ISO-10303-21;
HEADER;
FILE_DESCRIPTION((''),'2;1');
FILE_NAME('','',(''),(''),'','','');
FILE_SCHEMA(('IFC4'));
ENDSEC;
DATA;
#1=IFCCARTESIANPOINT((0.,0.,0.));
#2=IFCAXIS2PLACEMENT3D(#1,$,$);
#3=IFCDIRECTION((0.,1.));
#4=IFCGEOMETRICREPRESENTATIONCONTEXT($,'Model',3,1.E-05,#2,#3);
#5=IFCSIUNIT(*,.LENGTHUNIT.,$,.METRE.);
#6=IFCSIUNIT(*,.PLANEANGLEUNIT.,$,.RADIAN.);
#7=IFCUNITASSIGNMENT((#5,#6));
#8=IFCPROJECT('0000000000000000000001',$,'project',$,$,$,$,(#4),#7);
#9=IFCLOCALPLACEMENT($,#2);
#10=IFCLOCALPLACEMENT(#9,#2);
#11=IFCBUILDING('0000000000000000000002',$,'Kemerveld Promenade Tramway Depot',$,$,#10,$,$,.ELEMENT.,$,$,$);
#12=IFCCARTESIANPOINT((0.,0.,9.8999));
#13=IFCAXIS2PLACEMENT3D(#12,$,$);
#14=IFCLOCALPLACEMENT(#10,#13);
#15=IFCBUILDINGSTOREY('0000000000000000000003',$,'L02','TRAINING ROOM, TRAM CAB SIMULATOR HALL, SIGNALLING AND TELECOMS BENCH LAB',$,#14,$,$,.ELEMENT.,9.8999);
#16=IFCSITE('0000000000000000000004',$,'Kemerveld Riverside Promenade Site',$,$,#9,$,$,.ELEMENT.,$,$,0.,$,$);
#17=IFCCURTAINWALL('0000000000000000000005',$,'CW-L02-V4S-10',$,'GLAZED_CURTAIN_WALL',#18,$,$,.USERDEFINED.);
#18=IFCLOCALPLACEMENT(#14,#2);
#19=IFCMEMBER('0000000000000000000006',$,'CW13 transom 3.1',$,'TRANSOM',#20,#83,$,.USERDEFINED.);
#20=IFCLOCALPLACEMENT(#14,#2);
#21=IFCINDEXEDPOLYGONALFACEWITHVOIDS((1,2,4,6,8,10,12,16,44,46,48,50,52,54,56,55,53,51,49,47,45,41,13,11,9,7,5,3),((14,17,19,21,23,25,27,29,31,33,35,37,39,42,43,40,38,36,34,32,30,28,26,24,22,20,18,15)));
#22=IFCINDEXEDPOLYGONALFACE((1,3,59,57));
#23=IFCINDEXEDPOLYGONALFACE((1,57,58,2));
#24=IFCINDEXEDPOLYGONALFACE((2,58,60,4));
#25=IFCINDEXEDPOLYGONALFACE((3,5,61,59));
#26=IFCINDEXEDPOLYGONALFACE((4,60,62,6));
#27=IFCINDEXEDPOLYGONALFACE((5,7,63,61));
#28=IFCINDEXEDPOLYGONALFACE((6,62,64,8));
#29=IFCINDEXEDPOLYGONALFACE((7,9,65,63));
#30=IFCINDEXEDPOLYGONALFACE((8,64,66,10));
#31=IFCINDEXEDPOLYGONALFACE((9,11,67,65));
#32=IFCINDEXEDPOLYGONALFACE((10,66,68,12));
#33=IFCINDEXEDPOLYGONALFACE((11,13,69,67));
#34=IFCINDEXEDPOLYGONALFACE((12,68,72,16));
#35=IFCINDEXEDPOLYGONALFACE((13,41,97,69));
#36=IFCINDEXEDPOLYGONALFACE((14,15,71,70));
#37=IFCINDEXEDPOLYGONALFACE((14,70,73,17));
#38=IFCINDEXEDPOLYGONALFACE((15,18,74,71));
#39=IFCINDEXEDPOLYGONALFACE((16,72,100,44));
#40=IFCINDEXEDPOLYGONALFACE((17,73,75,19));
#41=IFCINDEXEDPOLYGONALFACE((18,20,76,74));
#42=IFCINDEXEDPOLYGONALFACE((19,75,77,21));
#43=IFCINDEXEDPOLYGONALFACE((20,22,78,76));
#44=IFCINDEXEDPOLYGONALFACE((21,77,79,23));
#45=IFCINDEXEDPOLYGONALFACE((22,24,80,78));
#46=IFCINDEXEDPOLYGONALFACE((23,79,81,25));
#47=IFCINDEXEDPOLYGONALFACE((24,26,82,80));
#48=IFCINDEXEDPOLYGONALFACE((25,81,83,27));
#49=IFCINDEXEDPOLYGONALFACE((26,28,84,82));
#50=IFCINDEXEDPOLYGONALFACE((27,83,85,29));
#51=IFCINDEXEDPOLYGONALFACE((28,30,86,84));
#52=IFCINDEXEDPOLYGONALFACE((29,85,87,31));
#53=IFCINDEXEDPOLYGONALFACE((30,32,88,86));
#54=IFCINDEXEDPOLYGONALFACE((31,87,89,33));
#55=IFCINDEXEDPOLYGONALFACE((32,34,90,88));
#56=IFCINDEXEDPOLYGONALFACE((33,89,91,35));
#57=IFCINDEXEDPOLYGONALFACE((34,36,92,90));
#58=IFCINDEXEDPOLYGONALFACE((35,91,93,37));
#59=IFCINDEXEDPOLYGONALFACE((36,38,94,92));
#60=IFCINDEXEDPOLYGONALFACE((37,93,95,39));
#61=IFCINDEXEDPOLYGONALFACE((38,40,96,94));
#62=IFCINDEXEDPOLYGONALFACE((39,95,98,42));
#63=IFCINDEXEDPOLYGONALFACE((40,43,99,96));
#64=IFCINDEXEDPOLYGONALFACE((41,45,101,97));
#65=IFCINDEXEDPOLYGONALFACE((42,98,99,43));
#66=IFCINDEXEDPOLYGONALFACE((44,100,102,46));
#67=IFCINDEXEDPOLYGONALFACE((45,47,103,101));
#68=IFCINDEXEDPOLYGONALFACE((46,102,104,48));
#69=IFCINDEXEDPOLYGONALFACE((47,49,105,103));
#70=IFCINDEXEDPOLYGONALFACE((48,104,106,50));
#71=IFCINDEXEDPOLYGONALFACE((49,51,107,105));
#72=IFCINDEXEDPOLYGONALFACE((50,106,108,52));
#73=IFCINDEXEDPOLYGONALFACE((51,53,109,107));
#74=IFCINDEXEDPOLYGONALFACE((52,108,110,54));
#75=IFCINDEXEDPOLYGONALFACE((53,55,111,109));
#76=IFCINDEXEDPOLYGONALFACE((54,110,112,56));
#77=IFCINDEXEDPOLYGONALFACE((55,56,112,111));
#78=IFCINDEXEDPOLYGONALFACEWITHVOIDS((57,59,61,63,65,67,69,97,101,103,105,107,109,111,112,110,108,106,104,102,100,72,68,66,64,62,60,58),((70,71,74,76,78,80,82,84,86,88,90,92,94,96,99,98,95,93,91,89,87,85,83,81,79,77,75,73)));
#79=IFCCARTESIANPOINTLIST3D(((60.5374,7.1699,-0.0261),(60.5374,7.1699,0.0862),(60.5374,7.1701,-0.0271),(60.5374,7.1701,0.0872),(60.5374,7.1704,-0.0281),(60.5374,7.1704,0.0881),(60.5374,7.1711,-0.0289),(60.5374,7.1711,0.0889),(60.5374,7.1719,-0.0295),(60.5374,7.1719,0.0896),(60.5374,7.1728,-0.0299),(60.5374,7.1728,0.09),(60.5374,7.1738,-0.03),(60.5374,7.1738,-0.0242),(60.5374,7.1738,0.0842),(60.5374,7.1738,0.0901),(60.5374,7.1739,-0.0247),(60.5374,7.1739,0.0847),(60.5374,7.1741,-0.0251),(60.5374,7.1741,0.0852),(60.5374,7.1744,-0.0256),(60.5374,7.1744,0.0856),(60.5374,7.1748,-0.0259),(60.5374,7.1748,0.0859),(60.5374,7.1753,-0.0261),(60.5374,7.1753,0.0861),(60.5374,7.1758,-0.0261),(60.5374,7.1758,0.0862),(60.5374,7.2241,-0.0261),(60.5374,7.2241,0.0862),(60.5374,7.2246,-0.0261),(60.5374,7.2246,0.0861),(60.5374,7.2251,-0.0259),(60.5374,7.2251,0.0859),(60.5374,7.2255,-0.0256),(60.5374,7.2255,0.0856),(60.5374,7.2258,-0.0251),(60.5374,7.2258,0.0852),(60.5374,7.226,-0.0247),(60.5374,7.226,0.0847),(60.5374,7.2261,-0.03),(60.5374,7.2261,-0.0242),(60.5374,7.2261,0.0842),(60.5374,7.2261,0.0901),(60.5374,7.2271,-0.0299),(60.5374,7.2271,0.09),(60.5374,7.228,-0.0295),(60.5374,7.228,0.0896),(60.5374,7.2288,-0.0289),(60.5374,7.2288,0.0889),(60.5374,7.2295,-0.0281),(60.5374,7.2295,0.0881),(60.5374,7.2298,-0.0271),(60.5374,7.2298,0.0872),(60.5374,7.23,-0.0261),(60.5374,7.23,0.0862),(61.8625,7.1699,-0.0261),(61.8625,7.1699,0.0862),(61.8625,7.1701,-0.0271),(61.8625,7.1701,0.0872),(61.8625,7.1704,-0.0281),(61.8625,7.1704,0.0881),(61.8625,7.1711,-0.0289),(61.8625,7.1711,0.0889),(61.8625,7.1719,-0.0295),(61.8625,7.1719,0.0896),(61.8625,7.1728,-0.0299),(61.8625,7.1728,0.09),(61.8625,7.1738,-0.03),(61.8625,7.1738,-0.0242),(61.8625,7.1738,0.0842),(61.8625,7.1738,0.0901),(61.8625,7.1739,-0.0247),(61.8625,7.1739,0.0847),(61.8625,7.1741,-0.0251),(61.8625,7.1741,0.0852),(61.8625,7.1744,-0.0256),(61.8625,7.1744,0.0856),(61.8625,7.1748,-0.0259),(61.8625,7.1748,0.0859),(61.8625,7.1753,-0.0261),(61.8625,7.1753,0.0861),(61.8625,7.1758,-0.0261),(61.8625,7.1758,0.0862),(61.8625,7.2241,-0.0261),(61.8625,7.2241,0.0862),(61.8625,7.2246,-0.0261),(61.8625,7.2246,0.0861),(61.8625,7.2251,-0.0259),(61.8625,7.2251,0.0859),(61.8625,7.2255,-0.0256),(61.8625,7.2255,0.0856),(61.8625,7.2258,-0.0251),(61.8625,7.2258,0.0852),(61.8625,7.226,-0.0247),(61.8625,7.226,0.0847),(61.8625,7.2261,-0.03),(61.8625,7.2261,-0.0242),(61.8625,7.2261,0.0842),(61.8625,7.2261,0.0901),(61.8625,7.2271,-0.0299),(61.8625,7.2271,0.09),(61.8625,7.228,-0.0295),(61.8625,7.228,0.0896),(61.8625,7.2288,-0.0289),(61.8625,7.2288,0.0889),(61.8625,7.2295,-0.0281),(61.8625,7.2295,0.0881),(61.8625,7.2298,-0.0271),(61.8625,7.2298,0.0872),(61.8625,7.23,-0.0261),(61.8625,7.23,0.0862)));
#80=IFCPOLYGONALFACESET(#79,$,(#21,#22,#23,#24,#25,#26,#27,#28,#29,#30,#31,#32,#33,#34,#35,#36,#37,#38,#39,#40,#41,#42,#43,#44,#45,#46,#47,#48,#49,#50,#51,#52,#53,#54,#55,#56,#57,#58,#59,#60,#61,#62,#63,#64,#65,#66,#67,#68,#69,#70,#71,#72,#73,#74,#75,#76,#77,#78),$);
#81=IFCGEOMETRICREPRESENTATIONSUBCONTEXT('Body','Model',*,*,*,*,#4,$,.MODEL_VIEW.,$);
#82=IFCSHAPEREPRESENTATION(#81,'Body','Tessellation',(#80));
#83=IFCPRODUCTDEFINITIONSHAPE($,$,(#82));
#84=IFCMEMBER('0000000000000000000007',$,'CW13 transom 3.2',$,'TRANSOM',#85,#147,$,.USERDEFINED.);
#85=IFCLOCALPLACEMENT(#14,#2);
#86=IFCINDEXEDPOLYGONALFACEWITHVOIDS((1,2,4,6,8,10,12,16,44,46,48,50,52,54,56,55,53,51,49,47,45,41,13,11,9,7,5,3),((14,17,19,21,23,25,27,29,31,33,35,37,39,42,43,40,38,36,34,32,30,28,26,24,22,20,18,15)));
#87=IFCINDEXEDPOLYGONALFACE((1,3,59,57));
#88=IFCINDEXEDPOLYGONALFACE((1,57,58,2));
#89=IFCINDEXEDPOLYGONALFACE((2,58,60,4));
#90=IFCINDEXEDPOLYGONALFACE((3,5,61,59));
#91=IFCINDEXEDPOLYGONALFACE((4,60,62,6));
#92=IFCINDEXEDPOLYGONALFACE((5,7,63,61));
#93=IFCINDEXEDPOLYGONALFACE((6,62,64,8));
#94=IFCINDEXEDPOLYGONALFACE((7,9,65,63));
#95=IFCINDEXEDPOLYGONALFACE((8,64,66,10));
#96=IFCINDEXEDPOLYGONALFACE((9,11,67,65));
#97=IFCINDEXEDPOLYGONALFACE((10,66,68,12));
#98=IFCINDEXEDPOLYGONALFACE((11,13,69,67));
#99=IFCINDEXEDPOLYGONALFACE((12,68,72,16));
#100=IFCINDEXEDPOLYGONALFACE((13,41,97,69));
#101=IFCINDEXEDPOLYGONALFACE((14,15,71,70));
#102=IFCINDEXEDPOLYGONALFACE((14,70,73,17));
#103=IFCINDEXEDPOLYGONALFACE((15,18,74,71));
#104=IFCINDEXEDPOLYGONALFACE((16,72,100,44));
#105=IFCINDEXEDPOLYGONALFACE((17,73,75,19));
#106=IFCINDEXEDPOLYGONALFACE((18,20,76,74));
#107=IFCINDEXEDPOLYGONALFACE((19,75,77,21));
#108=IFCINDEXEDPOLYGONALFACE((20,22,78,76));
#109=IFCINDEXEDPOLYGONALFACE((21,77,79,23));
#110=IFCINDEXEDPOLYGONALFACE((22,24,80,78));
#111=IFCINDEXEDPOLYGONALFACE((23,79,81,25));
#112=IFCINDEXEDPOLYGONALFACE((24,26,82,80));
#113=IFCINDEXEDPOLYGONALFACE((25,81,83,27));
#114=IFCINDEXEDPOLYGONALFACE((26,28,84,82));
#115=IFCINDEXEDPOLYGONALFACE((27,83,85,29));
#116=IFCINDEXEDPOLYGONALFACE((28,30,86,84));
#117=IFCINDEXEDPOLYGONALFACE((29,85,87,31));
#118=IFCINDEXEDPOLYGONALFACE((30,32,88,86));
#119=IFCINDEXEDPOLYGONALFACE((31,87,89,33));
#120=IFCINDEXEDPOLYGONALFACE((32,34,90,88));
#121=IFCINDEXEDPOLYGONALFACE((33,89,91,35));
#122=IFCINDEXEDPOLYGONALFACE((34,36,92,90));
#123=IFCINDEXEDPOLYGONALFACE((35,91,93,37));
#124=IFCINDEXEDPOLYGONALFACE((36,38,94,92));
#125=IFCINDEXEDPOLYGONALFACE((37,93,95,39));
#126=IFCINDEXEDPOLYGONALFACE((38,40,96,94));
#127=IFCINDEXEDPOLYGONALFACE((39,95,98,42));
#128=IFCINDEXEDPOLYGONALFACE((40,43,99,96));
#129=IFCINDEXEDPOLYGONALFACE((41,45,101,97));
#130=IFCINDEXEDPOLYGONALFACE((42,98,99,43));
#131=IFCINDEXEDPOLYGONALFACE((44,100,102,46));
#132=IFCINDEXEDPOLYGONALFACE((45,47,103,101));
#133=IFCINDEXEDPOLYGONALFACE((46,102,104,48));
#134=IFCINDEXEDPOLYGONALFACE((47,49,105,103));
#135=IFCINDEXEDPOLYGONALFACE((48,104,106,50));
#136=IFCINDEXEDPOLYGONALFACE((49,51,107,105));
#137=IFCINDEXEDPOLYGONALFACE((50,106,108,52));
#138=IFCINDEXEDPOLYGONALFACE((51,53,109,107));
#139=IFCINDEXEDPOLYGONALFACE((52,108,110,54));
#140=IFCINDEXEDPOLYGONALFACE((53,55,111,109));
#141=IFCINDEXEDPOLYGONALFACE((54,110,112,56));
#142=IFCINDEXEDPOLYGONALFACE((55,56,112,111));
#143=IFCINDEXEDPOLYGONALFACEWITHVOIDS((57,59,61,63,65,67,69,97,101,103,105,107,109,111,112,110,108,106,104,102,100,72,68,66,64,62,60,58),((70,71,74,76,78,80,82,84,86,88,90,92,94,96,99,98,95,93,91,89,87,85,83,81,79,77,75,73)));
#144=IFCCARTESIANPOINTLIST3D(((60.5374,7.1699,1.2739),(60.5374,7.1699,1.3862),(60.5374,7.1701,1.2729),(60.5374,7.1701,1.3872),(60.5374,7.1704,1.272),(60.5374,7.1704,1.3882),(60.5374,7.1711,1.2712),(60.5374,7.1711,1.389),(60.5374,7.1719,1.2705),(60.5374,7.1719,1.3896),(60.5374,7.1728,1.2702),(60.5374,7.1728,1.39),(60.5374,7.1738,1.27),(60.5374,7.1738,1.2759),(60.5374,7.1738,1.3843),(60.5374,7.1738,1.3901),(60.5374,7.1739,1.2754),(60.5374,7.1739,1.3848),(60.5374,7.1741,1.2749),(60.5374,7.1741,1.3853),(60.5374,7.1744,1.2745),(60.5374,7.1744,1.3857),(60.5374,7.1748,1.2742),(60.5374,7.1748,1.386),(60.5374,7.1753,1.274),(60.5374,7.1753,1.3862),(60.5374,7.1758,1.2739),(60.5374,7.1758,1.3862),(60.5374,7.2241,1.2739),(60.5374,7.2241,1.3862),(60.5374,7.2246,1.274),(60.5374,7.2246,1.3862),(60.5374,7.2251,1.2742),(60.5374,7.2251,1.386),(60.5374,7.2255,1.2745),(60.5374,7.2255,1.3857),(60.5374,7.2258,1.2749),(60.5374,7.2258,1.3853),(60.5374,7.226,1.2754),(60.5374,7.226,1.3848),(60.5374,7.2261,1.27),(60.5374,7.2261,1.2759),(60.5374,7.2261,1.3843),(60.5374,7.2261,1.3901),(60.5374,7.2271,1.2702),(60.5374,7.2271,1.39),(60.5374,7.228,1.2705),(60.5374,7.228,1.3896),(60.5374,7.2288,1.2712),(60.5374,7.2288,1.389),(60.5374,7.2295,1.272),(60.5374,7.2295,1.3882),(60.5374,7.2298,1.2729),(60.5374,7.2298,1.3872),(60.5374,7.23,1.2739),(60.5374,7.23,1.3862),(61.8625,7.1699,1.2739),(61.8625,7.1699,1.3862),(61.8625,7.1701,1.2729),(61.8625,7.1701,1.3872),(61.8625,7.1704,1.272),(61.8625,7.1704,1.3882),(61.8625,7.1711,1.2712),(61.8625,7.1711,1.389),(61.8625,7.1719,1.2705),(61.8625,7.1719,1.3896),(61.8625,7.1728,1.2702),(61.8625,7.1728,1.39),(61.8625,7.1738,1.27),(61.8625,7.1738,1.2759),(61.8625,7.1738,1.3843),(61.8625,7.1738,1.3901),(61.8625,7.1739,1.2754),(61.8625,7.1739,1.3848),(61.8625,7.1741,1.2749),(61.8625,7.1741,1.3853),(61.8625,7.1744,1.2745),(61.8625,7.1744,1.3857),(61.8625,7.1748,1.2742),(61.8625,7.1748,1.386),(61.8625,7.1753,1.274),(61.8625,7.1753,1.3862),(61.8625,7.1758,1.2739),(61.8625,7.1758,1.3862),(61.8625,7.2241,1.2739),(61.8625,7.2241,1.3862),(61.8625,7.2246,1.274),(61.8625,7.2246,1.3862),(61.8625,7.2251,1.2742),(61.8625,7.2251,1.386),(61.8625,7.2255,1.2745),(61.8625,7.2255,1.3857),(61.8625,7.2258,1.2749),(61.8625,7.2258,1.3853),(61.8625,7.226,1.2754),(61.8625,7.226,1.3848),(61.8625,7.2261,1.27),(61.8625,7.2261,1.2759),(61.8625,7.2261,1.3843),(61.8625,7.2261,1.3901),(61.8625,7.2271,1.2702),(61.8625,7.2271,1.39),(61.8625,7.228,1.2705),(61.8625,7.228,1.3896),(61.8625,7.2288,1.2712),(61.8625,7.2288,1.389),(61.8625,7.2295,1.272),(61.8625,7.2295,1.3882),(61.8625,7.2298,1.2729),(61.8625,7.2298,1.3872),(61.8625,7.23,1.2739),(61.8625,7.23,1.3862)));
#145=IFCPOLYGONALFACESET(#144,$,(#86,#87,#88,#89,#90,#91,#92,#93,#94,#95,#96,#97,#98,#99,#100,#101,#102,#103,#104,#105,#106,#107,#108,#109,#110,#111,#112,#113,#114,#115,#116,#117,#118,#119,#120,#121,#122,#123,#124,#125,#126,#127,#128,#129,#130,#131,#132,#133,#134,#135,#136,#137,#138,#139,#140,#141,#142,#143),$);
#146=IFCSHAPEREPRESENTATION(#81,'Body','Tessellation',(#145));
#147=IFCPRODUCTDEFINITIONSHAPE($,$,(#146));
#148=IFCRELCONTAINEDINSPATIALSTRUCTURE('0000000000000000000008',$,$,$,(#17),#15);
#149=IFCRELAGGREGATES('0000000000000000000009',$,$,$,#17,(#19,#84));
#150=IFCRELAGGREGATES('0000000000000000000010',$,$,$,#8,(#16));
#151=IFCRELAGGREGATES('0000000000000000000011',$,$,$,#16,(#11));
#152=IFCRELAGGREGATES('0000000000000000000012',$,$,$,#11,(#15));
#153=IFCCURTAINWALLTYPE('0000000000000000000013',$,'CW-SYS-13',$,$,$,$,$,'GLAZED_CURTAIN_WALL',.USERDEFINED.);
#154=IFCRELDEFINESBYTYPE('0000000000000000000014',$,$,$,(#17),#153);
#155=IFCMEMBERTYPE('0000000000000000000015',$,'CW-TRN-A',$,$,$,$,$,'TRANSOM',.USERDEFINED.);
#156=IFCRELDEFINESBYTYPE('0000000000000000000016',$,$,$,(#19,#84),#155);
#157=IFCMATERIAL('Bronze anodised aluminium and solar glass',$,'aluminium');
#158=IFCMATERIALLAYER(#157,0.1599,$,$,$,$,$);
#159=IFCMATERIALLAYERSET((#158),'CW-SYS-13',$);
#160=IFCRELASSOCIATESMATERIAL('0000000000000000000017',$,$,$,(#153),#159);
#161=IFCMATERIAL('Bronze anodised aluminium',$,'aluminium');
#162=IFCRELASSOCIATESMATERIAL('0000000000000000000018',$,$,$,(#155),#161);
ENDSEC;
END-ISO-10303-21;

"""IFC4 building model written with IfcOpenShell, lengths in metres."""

from ifc_helpers import new_model, si_unit, direction, frame, origin, origin_2d, place, context, subcontext, project, spatial, hollow_rectangle, extrude, material, layer, layer_set, material_profile, profile_set, type_object, element, aggregate, save


model = new_model("IFC4")

# Units and contexts
model_context = context("Model", 3, precision=1e-05, world=origin(), true_north=direction((0.0, 1.0)))
body_context = subcontext(model_context, "Body", "Model", "MODEL_VIEW")
ifc_project = project(units=[si_unit("LENGTHUNIT", "METRE"), si_unit("PLANEANGLEUNIT", "RADIAN")], contexts=[model_context])

# Site, building, storey
site_placement = place(None, origin())
site = spatial("IfcSite", under=ifc_project, at=site_placement, Name="Kemerveld Riverside Promenade Site", CompositionType="ELEMENT", RefElevation=0.0)
building_placement = place(site_placement, origin())
building = spatial("IfcBuilding", under=site, at=building_placement, Name="Kemerveld Promenade Tramway Depot", CompositionType="ELEMENT")
storey_placement = place(building_placement, frame((0.0, 0.0, 9.8999)))
storey = spatial("IfcBuildingStorey", under=building, at=storey_placement, Name="L02", Description="TRAINING ROOM, TRAM CAB SIMULATOR HALL, SIGNALLING AND TELECOMS BENCH LAB", CompositionType="ELEMENT", Elevation=9.8999)

# Curtain wall
ifc_material_1 = material(Name="Bronze anodised aluminium and solar glass", Category="aluminium")
ifc_layer_1 = layer(ifc_material_1, 0.1599)
ifc_layer_set_1 = layer_set([ifc_layer_1], Name="CW-SYS-13")
curtain_wall_type_1 = type_object("IfcCurtainWallType", Name="CW-SYS-13", ElementType="GLAZED_CURTAIN_WALL", PredefinedType="USERDEFINED", material=ifc_layer_set_1)
curtain_wall_1_placement = place(storey_placement, origin())
curtain_wall_1 = element("IfcCurtainWall", 1, at=curtain_wall_1_placement, inside=storey, type_object=curtain_wall_type_1, Name="CW-L02-V4S-10", ObjectType="GLAZED_CURTAIN_WALL", PredefinedType="USERDEFINED")
ifc_material_2 = material(Name="Bronze anodised aluminium", Category="aluminium")

# Members
ifc_material_profile_1 = material_profile(ifc_material_2, hollow_rectangle(XDim=0.0601, YDim=0.1201, WallThickness=0.0039, InnerFilletRadius=0.002, OuterFilletRadius=0.0039, at=origin_2d()), Name="CW-TRN-120x60")
ifc_profile_set_1 = profile_set([ifc_material_profile_1], Name="Bronze anodised aluminium")
member_type_1 = type_object("IfcMemberType", Name="CW-TRN-A", ElementType="TRANSOM", PredefinedType="USERDEFINED", material=ifc_profile_set_1)
member_1_placement = place(storey_placement, frame((61.8625, 7.2, 0.03), z_axis=(-1.0, 0.0, 0.0), x_axis=(0.0, -1.0, 0.0)))
member_1 = element("IfcMember", 2, at=member_1_placement, type_object=member_type_1, Name="CW13 transom 3.1", ObjectType="TRANSOM", PredefinedType="USERDEFINED", context=body_context, shape_type="SweptSolid", body=[
    extrude(hollow_rectangle(XDim=0.0601, YDim=0.1201, WallThickness=0.0039, InnerFilletRadius=0.002, OuterFilletRadius=0.0039, at=origin_2d()), origin(), (0.0, 0.0, 1.0), 1.3252),
])
member_2_placement = place(storey_placement, frame((61.8625, 7.2, 1.3301), z_axis=(-1.0, 0.0, 0.0), x_axis=(0.0, -1.0, 0.0)))
member_2 = element("IfcMember", 3, at=member_2_placement, type_object=member_type_1, Name="CW13 transom 3.2", ObjectType="TRANSOM", PredefinedType="USERDEFINED", context=body_context, shape_type="SweptSolid", body=[
    extrude(hollow_rectangle(XDim=0.0601, YDim=0.1201, WallThickness=0.0039, InnerFilletRadius=0.002, OuterFilletRadius=0.0039, at=origin_2d()), origin(), (0.0, 0.0, 1.0), 1.3252),
])

aggregate(curtain_wall_1, [member_1, member_2])

save(model, "model.ifc")
